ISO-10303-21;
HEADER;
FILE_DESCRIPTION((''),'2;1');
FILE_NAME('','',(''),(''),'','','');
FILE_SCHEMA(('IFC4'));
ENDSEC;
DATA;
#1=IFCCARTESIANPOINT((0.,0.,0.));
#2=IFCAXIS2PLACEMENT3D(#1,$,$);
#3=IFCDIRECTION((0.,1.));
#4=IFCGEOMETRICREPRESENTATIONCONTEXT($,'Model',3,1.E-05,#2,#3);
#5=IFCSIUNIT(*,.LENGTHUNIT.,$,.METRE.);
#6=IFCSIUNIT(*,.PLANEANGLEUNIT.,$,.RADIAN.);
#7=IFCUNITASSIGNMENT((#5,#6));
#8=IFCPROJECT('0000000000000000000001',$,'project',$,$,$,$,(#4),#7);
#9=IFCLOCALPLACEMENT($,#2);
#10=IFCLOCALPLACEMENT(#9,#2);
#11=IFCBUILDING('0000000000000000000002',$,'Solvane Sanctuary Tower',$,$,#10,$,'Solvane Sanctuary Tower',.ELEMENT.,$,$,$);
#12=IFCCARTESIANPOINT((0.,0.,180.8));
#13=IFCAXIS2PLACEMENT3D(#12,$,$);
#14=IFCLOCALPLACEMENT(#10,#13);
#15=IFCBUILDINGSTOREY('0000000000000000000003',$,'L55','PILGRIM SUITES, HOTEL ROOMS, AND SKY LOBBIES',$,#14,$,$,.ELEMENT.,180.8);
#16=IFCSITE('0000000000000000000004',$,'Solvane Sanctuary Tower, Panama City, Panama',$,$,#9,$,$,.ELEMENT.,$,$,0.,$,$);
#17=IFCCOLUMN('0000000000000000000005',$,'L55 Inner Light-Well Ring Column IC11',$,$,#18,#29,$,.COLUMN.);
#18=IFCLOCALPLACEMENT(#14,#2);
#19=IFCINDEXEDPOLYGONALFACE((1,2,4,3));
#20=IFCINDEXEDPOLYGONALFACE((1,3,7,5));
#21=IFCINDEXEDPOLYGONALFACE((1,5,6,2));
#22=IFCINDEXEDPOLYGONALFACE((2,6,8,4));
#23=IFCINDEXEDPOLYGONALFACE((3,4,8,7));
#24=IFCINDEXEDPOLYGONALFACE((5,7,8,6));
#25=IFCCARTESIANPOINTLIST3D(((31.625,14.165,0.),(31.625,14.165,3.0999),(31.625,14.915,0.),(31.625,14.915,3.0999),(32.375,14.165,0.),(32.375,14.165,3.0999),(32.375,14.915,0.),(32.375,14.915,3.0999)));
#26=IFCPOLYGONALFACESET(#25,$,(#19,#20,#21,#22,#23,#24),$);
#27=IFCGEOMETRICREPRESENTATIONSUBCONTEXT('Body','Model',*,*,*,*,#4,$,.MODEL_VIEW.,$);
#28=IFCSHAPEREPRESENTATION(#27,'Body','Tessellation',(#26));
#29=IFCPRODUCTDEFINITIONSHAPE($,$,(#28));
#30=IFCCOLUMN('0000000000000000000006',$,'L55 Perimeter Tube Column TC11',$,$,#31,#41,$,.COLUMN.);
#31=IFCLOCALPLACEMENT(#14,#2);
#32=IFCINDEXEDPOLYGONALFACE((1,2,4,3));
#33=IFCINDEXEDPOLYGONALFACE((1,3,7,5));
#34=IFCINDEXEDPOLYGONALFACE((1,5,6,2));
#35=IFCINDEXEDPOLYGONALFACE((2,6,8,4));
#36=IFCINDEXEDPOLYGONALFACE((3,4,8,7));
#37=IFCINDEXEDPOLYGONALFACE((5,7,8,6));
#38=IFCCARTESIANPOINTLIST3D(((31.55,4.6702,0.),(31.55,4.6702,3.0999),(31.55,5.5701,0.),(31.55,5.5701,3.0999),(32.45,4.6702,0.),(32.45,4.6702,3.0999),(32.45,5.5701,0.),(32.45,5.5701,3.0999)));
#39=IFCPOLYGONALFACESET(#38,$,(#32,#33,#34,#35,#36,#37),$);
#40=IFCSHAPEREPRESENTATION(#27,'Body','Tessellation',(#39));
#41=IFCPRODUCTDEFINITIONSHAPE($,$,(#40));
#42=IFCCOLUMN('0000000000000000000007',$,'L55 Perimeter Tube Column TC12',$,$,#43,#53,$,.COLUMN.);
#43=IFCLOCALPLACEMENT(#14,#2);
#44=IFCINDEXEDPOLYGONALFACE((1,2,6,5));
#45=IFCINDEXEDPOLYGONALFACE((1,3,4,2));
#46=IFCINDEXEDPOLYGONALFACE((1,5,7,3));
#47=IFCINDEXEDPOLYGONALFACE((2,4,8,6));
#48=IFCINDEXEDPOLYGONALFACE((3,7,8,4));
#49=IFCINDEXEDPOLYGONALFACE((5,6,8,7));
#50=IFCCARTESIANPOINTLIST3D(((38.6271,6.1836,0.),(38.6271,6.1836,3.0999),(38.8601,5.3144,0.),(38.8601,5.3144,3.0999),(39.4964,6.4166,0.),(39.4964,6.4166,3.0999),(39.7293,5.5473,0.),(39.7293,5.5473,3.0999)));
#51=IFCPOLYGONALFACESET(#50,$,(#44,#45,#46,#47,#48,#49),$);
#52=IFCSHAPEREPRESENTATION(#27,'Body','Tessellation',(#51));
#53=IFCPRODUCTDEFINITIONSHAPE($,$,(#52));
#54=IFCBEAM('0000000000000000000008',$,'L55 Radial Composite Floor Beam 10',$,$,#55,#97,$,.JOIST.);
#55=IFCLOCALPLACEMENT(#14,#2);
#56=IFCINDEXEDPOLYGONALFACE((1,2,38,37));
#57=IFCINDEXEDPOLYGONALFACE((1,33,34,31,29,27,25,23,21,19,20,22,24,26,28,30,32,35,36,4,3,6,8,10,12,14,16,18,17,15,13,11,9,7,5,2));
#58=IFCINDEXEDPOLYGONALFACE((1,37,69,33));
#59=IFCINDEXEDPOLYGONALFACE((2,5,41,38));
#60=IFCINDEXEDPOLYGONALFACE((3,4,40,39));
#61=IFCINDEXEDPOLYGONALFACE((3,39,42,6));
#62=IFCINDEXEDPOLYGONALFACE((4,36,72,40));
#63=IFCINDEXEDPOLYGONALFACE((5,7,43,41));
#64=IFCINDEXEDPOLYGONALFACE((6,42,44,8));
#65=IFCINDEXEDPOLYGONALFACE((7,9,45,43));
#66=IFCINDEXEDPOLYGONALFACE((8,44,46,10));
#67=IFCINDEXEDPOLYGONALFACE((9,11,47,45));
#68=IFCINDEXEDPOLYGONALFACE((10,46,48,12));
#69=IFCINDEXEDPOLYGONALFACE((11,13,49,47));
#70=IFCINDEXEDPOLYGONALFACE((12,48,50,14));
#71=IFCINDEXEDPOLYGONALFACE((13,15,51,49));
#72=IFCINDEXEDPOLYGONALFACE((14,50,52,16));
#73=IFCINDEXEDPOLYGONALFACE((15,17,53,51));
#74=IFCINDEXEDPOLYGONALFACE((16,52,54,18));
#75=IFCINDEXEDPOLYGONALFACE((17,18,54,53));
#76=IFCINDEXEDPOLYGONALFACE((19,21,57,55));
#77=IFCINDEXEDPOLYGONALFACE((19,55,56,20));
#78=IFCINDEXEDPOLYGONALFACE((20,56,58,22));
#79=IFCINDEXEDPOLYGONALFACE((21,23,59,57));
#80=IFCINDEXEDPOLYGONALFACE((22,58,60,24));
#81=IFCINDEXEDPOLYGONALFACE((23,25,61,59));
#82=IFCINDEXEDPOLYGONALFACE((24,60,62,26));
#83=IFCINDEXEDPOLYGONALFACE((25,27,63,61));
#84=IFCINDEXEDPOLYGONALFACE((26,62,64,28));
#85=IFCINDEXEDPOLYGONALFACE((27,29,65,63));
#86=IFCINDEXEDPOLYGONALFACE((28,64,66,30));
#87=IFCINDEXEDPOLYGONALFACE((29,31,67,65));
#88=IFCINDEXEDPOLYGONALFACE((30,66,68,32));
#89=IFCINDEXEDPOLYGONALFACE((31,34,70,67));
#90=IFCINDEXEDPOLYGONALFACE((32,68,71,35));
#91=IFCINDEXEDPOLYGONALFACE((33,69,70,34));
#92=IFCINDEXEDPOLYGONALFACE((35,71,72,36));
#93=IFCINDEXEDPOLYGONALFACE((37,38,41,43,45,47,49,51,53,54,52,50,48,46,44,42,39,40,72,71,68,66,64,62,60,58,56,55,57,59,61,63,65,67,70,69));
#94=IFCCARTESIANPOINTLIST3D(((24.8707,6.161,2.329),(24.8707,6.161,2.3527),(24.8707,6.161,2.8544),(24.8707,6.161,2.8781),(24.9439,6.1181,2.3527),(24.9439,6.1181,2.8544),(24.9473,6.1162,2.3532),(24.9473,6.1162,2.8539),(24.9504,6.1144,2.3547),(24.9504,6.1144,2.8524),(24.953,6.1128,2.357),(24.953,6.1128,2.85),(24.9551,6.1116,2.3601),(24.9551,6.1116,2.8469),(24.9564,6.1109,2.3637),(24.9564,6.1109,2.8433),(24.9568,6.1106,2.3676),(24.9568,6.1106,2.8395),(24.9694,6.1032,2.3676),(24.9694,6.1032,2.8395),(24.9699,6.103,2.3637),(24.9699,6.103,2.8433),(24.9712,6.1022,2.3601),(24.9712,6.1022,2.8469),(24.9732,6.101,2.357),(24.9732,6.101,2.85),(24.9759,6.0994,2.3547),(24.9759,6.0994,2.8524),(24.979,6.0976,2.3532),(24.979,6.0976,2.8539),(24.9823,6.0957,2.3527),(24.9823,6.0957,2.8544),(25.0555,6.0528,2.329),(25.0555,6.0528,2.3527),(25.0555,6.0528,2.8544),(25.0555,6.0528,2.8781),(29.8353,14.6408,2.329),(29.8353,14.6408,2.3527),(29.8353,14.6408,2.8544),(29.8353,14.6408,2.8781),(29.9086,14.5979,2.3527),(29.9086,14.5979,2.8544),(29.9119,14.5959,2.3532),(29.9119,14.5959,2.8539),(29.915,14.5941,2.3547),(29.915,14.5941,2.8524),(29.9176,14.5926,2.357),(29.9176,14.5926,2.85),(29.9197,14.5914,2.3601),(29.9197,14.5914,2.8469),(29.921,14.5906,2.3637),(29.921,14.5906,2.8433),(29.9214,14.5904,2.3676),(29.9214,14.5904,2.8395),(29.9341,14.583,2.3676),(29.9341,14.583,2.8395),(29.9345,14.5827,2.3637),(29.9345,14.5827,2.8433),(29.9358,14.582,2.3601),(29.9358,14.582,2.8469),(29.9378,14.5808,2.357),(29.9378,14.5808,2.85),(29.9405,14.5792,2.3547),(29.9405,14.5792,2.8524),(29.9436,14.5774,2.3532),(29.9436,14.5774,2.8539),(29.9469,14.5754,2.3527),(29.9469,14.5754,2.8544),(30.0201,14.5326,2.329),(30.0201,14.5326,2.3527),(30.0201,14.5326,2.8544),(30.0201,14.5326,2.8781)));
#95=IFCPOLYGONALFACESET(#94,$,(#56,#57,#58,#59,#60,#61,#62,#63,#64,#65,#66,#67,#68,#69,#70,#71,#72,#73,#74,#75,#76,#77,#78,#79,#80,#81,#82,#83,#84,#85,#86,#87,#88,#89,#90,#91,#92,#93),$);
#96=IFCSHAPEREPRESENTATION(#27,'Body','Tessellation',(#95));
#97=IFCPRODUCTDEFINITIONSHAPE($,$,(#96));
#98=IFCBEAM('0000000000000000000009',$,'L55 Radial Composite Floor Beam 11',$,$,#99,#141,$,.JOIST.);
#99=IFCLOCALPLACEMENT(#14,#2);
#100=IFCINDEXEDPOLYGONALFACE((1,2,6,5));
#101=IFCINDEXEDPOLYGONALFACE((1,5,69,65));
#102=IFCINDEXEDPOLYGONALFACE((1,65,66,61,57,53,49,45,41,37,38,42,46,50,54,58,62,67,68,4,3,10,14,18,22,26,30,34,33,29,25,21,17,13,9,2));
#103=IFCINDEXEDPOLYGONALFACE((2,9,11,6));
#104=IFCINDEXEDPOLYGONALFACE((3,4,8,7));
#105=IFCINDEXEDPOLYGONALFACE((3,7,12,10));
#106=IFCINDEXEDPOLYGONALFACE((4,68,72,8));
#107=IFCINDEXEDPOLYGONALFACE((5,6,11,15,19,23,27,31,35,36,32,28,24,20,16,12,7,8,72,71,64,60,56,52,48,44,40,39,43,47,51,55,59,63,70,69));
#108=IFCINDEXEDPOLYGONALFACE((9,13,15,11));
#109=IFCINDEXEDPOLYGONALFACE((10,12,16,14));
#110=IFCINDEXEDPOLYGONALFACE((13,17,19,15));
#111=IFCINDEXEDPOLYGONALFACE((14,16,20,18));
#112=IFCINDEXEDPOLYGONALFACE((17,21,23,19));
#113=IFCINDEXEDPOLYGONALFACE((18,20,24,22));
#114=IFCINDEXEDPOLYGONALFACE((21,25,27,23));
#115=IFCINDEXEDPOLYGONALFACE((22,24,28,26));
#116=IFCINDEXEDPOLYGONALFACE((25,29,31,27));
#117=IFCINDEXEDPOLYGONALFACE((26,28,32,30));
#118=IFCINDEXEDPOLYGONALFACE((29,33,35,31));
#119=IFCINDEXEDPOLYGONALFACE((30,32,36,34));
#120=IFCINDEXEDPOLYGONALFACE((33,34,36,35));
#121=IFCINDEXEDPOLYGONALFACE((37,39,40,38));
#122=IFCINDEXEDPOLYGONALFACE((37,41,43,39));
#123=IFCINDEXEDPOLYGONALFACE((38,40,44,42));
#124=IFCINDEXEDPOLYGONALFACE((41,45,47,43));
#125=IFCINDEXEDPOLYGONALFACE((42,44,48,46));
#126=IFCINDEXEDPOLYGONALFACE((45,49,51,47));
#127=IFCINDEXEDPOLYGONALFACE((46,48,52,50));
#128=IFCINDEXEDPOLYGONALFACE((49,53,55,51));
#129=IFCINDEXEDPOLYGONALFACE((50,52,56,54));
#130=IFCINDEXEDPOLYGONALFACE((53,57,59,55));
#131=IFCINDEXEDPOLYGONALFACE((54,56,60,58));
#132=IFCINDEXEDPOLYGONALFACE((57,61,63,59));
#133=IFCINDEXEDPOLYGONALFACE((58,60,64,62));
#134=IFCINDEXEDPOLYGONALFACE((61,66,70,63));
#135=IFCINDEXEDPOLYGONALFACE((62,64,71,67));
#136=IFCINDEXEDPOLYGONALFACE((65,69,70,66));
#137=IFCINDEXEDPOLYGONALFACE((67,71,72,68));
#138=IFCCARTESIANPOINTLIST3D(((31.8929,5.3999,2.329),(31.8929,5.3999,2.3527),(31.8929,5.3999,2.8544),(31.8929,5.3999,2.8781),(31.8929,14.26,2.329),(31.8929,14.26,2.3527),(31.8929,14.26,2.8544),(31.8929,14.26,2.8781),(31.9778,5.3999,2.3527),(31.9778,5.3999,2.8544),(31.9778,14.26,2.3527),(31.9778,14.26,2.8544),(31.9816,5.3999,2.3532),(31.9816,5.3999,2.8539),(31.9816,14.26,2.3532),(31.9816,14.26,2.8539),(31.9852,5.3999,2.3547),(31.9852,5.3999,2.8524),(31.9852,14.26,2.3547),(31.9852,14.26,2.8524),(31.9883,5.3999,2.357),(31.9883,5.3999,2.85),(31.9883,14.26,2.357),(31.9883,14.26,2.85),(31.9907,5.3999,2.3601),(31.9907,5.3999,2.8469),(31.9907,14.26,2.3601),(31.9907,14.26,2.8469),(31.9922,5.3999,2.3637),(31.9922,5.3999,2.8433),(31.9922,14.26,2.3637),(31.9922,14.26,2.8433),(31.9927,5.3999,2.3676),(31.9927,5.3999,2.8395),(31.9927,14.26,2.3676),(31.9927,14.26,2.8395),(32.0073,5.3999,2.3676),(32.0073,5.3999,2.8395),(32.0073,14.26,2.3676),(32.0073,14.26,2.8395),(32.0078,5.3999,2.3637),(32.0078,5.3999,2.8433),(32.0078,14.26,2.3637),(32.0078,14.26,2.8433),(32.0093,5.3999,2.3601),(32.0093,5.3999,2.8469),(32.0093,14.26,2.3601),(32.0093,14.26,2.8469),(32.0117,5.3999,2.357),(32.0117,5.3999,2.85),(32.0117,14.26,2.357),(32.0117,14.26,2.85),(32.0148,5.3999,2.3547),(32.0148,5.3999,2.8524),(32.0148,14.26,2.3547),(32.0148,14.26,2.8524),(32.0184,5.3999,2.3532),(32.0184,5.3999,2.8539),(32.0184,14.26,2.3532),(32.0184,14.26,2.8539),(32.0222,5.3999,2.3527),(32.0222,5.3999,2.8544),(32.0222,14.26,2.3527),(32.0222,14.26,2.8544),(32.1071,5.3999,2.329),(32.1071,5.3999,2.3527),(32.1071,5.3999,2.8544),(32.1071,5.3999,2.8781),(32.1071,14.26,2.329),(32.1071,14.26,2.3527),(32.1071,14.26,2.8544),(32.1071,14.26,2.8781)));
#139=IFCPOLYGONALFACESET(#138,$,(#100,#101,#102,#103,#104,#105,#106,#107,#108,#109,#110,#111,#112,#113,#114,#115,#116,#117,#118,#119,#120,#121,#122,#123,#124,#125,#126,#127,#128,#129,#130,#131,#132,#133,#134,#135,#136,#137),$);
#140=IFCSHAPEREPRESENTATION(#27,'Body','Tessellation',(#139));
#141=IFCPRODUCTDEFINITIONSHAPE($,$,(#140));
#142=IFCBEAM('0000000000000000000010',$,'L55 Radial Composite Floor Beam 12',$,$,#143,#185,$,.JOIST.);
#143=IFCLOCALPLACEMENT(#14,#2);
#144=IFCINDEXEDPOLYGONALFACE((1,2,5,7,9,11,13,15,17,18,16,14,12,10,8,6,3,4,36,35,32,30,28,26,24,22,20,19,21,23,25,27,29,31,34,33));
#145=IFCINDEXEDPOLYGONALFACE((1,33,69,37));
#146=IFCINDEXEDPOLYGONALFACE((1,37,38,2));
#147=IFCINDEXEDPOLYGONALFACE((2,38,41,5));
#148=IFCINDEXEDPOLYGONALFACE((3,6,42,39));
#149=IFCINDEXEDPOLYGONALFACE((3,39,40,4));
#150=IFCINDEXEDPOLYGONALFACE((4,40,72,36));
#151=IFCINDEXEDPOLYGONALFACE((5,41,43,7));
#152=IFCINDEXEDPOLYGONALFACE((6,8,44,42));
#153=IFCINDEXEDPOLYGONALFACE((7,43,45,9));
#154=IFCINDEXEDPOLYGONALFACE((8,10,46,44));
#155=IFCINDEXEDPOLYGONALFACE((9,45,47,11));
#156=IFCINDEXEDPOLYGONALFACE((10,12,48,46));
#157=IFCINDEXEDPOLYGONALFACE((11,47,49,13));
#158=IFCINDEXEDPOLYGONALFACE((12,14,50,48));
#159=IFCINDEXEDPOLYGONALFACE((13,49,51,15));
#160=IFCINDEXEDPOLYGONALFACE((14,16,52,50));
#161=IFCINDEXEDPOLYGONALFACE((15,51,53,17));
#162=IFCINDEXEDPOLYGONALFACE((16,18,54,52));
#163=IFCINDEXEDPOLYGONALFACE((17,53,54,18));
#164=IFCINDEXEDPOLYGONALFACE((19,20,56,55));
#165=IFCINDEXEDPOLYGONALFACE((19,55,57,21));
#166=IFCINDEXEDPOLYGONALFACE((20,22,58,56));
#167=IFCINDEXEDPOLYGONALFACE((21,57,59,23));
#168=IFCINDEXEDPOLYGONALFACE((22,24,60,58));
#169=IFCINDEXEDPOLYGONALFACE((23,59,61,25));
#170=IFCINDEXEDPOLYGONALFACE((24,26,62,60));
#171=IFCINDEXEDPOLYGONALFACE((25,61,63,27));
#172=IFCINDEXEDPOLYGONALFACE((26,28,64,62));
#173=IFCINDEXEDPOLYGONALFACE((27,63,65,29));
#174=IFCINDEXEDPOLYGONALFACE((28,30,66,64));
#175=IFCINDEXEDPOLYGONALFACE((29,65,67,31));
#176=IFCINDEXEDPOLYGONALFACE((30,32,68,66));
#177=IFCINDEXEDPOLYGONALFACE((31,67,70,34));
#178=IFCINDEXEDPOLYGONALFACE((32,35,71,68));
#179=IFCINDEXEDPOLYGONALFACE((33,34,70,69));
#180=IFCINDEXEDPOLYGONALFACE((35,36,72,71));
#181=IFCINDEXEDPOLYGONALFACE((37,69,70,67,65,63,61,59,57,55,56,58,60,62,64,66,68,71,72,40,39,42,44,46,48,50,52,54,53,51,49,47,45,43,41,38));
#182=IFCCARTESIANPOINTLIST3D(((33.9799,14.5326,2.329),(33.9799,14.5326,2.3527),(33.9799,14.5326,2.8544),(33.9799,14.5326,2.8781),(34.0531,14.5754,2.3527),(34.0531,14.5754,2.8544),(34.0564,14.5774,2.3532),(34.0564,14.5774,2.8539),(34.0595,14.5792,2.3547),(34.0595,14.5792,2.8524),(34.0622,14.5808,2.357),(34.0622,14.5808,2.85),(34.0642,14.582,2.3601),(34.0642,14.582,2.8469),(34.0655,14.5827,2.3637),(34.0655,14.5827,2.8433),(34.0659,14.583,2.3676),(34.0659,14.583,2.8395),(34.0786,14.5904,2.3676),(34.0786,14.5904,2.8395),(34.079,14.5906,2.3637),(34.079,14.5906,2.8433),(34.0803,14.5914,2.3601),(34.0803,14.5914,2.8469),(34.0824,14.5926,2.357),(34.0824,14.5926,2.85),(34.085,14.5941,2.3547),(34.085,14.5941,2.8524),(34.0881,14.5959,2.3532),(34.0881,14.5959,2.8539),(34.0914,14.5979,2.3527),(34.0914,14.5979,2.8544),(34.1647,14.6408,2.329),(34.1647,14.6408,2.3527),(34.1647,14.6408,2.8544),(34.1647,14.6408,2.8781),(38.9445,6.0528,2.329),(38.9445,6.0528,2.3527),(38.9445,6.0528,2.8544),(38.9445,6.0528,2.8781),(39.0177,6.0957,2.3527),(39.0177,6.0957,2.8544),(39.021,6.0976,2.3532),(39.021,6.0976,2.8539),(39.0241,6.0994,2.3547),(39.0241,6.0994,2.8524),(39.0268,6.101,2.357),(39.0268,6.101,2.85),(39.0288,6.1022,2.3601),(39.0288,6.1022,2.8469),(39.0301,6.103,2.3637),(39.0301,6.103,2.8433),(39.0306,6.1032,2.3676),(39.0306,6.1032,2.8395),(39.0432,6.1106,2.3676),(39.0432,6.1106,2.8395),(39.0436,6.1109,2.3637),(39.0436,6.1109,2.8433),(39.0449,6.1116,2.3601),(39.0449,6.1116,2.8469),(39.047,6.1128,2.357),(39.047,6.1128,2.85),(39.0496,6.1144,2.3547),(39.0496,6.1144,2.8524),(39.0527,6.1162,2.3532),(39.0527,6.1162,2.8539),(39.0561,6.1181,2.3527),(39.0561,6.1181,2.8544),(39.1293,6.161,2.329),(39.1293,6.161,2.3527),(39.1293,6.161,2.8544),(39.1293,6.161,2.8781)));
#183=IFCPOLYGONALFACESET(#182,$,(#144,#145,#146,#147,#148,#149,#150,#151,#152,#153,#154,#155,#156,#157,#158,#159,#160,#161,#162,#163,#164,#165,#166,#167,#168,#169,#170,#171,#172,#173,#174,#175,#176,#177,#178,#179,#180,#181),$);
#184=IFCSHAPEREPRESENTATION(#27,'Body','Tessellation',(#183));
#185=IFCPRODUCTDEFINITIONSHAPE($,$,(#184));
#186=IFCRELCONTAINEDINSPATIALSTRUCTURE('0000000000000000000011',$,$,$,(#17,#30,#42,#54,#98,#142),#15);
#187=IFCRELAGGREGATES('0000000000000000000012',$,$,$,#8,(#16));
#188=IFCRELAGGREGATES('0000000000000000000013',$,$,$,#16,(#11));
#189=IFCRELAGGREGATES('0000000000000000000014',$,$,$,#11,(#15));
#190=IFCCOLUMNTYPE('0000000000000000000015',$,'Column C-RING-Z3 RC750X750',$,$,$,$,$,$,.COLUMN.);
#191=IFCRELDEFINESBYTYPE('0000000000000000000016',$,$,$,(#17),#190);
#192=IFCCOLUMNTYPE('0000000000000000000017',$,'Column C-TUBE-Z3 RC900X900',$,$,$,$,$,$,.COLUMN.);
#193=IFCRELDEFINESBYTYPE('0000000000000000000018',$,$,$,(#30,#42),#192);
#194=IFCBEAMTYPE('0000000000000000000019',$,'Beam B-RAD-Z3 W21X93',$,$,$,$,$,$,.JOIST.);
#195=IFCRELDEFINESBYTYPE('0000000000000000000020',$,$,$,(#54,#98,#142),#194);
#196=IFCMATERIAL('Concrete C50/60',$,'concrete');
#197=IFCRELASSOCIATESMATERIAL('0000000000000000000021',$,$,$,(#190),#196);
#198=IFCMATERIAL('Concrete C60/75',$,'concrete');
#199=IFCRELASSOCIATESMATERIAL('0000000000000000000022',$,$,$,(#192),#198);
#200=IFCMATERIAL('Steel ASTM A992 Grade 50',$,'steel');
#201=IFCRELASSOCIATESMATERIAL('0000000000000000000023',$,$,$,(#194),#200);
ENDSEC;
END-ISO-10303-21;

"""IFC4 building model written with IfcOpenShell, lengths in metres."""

from ifc_helpers import new_model, si_unit, direction, frame, origin, origin_2d, place, context, subcontext, project, spatial, rectangle, i_section, extrude, material, material_profile, profile_set, type_object, element, save


model = new_model("IFC4")

# Units and contexts
model_context = context("Model", 3, precision=1e-05, world=origin(), true_north=direction((0.0, 1.0)))
body_context = subcontext(model_context, "Body", "Model", "MODEL_VIEW")
ifc_project = project(units=[si_unit("LENGTHUNIT", "METRE"), si_unit("PLANEANGLEUNIT", "RADIAN")], contexts=[model_context])

# Site, building, storey
site_placement = place(None, origin())
site = spatial("IfcSite", under=ifc_project, at=site_placement, Name="Solvane Sanctuary Tower, Panama City, Panama", CompositionType="ELEMENT", RefElevation=0.0)
building_placement = place(site_placement, origin())
building = spatial("IfcBuilding", under=site, at=building_placement, Name="Solvane Sanctuary Tower", LongName="Solvane Sanctuary Tower", CompositionType="ELEMENT")
storey_placement = place(building_placement, frame((0.0, 0.0, 180.8)))
storey = spatial("IfcBuildingStorey", under=building, at=storey_placement, Name="L55", Description="PILGRIM SUITES, HOTEL ROOMS, AND SKY LOBBIES", CompositionType="ELEMENT", Elevation=180.8)

# Columns
ifc_material_1 = material(Name="Concrete C50/60", Category="concrete")
ifc_material_profile_1 = material_profile(ifc_material_1, rectangle(XDim=0.75, YDim=0.75, at=origin_2d()), Name="RC750X750")
ifc_profile_set_1 = profile_set([ifc_material_profile_1], Name="Concrete C50/60")
column_type_1 = type_object("IfcColumnType", Name="Column C-RING-Z3 RC750X750", PredefinedType="COLUMN", material=ifc_profile_set_1)
column_placement = place(storey_placement, frame((32.0, 14.54, 0.0), z_axis=(0.0, 0.0, 1.0), x_axis=(1.0, 0.0, 0.0)))
element("IfcColumn", 1, at=column_placement, inside=storey, type_object=column_type_1, Name="L55 Inner Light-Well Ring Column IC11", PredefinedType="COLUMN", context=body_context, shape_type="SweptSolid", body=[
    extrude(rectangle(XDim=0.75, YDim=0.75, at=origin_2d()), origin(), (0.0, 0.0, 1.0), 3.0999),
])
ifc_material_2 = material(Name="Concrete C60/75", Category="concrete")
ifc_material_profile_2 = material_profile(ifc_material_2, rectangle(XDim=0.8999, YDim=0.8999, at=origin_2d()), Name="RC900X900")
ifc_profile_set_2 = profile_set([ifc_material_profile_2], Name="Concrete C60/75")
column_type_2 = type_object("IfcColumnType", Name="Column C-TUBE-Z3 RC900X900", PredefinedType="COLUMN", material=ifc_profile_set_2)
for number, where, z_axis, x_axis, name in (
    (2, (32.0, 5.1201, 0.0), (0.0, 0.0, 1.0), (0.0, -1.0, 0.0), "L55 Perimeter Tube Column TC11"),
    (3, (39.1782, 5.8655, 0.0), (0.0, 0.0, 1.0), (0.258819, -0.965926, 0.0), "L55 Perimeter Tube Column TC12"),
):
    element("IfcColumn", number, at=place(storey_placement, frame(where, z_axis=z_axis, x_axis=x_axis)), inside=storey, type_object=column_type_2, Name=name, PredefinedType="COLUMN", context=body_context, shape_type="SweptSolid", body=[
        extrude(rectangle(XDim=0.8999, YDim=0.8999, at=origin_2d()), origin(), (0.0, 0.0, 1.0), 3.0999),
    ])

# Beams
ifc_material_3 = material(Name="Steel ASTM A992 Grade 50", Category="steel")
ifc_material_profile_3 = material_profile(ifc_material_3, i_section(OverallWidth=0.2141, OverallDepth=0.5491, WebThickness=0.0146, FlangeThickness=0.0237, FilletRadius=0.0149, at=origin_2d()), Name="W21X93")
ifc_profile_set_3 = profile_set([ifc_material_profile_3], Name="Steel ASTM A992 Grade 50")
beam_type_1 = type_object("IfcBeamType", Name="Beam B-RAD-Z3 W21X93", PredefinedType="JOIST", material=ifc_profile_set_3)
beam_1_placement = place(storey_placement, frame((29.9277, 14.5867, 2.6035), z_axis=(-0.505244, -0.862977, 0.0), x_axis=(0.862977, -0.505244, 0.0)))
element("IfcBeam", 4, at=beam_1_placement, inside=storey, type_object=beam_type_1, Name="L55 Radial Composite Floor Beam 10", PredefinedType="JOIST", context=body_context, shape_type="SweptSolid", body=[
    extrude(i_section(OverallWidth=0.2141, OverallDepth=0.5491, WebThickness=0.0146, FlangeThickness=0.0237, FilletRadius=0.0149, at=origin_2d()), origin(), (0.0, 0.0, 1.0), 9.8262),
])
beam_2_placement = place(storey_placement, frame((32.0, 14.26, 2.6035), z_axis=(0.0, -1.0, 0.0), x_axis=(1.0, 0.0, 0.0)))
element("IfcBeam", 5, at=beam_2_placement, inside=storey, type_object=beam_type_1, Name="L55 Radial Composite Floor Beam 11", PredefinedType="JOIST", context=body_context, shape_type="SweptSolid", body=[
    extrude(i_section(OverallWidth=0.2141, OverallDepth=0.5491, WebThickness=0.0146, FlangeThickness=0.0237, FilletRadius=0.0149, at=origin_2d()), origin(), (0.0, 0.0, 1.0), 8.8601),
])
beam_3_placement = place(storey_placement, frame((34.0723, 14.5867, 2.6035), z_axis=(0.505244, -0.862977, 0.0), x_axis=(0.862977, 0.505244, 0.0)))
element("IfcBeam", 6, at=beam_3_placement, inside=storey, type_object=beam_type_1, Name="L55 Radial Composite Floor Beam 12", PredefinedType="JOIST", context=body_context, shape_type="SweptSolid", body=[
    extrude(i_section(OverallWidth=0.2141, OverallDepth=0.5491, WebThickness=0.0146, FlangeThickness=0.0237, FilletRadius=0.0149, at=origin_2d()), origin(), (0.0, 0.0, 1.0), 9.8262),
])

save(model, "model.ifc")
